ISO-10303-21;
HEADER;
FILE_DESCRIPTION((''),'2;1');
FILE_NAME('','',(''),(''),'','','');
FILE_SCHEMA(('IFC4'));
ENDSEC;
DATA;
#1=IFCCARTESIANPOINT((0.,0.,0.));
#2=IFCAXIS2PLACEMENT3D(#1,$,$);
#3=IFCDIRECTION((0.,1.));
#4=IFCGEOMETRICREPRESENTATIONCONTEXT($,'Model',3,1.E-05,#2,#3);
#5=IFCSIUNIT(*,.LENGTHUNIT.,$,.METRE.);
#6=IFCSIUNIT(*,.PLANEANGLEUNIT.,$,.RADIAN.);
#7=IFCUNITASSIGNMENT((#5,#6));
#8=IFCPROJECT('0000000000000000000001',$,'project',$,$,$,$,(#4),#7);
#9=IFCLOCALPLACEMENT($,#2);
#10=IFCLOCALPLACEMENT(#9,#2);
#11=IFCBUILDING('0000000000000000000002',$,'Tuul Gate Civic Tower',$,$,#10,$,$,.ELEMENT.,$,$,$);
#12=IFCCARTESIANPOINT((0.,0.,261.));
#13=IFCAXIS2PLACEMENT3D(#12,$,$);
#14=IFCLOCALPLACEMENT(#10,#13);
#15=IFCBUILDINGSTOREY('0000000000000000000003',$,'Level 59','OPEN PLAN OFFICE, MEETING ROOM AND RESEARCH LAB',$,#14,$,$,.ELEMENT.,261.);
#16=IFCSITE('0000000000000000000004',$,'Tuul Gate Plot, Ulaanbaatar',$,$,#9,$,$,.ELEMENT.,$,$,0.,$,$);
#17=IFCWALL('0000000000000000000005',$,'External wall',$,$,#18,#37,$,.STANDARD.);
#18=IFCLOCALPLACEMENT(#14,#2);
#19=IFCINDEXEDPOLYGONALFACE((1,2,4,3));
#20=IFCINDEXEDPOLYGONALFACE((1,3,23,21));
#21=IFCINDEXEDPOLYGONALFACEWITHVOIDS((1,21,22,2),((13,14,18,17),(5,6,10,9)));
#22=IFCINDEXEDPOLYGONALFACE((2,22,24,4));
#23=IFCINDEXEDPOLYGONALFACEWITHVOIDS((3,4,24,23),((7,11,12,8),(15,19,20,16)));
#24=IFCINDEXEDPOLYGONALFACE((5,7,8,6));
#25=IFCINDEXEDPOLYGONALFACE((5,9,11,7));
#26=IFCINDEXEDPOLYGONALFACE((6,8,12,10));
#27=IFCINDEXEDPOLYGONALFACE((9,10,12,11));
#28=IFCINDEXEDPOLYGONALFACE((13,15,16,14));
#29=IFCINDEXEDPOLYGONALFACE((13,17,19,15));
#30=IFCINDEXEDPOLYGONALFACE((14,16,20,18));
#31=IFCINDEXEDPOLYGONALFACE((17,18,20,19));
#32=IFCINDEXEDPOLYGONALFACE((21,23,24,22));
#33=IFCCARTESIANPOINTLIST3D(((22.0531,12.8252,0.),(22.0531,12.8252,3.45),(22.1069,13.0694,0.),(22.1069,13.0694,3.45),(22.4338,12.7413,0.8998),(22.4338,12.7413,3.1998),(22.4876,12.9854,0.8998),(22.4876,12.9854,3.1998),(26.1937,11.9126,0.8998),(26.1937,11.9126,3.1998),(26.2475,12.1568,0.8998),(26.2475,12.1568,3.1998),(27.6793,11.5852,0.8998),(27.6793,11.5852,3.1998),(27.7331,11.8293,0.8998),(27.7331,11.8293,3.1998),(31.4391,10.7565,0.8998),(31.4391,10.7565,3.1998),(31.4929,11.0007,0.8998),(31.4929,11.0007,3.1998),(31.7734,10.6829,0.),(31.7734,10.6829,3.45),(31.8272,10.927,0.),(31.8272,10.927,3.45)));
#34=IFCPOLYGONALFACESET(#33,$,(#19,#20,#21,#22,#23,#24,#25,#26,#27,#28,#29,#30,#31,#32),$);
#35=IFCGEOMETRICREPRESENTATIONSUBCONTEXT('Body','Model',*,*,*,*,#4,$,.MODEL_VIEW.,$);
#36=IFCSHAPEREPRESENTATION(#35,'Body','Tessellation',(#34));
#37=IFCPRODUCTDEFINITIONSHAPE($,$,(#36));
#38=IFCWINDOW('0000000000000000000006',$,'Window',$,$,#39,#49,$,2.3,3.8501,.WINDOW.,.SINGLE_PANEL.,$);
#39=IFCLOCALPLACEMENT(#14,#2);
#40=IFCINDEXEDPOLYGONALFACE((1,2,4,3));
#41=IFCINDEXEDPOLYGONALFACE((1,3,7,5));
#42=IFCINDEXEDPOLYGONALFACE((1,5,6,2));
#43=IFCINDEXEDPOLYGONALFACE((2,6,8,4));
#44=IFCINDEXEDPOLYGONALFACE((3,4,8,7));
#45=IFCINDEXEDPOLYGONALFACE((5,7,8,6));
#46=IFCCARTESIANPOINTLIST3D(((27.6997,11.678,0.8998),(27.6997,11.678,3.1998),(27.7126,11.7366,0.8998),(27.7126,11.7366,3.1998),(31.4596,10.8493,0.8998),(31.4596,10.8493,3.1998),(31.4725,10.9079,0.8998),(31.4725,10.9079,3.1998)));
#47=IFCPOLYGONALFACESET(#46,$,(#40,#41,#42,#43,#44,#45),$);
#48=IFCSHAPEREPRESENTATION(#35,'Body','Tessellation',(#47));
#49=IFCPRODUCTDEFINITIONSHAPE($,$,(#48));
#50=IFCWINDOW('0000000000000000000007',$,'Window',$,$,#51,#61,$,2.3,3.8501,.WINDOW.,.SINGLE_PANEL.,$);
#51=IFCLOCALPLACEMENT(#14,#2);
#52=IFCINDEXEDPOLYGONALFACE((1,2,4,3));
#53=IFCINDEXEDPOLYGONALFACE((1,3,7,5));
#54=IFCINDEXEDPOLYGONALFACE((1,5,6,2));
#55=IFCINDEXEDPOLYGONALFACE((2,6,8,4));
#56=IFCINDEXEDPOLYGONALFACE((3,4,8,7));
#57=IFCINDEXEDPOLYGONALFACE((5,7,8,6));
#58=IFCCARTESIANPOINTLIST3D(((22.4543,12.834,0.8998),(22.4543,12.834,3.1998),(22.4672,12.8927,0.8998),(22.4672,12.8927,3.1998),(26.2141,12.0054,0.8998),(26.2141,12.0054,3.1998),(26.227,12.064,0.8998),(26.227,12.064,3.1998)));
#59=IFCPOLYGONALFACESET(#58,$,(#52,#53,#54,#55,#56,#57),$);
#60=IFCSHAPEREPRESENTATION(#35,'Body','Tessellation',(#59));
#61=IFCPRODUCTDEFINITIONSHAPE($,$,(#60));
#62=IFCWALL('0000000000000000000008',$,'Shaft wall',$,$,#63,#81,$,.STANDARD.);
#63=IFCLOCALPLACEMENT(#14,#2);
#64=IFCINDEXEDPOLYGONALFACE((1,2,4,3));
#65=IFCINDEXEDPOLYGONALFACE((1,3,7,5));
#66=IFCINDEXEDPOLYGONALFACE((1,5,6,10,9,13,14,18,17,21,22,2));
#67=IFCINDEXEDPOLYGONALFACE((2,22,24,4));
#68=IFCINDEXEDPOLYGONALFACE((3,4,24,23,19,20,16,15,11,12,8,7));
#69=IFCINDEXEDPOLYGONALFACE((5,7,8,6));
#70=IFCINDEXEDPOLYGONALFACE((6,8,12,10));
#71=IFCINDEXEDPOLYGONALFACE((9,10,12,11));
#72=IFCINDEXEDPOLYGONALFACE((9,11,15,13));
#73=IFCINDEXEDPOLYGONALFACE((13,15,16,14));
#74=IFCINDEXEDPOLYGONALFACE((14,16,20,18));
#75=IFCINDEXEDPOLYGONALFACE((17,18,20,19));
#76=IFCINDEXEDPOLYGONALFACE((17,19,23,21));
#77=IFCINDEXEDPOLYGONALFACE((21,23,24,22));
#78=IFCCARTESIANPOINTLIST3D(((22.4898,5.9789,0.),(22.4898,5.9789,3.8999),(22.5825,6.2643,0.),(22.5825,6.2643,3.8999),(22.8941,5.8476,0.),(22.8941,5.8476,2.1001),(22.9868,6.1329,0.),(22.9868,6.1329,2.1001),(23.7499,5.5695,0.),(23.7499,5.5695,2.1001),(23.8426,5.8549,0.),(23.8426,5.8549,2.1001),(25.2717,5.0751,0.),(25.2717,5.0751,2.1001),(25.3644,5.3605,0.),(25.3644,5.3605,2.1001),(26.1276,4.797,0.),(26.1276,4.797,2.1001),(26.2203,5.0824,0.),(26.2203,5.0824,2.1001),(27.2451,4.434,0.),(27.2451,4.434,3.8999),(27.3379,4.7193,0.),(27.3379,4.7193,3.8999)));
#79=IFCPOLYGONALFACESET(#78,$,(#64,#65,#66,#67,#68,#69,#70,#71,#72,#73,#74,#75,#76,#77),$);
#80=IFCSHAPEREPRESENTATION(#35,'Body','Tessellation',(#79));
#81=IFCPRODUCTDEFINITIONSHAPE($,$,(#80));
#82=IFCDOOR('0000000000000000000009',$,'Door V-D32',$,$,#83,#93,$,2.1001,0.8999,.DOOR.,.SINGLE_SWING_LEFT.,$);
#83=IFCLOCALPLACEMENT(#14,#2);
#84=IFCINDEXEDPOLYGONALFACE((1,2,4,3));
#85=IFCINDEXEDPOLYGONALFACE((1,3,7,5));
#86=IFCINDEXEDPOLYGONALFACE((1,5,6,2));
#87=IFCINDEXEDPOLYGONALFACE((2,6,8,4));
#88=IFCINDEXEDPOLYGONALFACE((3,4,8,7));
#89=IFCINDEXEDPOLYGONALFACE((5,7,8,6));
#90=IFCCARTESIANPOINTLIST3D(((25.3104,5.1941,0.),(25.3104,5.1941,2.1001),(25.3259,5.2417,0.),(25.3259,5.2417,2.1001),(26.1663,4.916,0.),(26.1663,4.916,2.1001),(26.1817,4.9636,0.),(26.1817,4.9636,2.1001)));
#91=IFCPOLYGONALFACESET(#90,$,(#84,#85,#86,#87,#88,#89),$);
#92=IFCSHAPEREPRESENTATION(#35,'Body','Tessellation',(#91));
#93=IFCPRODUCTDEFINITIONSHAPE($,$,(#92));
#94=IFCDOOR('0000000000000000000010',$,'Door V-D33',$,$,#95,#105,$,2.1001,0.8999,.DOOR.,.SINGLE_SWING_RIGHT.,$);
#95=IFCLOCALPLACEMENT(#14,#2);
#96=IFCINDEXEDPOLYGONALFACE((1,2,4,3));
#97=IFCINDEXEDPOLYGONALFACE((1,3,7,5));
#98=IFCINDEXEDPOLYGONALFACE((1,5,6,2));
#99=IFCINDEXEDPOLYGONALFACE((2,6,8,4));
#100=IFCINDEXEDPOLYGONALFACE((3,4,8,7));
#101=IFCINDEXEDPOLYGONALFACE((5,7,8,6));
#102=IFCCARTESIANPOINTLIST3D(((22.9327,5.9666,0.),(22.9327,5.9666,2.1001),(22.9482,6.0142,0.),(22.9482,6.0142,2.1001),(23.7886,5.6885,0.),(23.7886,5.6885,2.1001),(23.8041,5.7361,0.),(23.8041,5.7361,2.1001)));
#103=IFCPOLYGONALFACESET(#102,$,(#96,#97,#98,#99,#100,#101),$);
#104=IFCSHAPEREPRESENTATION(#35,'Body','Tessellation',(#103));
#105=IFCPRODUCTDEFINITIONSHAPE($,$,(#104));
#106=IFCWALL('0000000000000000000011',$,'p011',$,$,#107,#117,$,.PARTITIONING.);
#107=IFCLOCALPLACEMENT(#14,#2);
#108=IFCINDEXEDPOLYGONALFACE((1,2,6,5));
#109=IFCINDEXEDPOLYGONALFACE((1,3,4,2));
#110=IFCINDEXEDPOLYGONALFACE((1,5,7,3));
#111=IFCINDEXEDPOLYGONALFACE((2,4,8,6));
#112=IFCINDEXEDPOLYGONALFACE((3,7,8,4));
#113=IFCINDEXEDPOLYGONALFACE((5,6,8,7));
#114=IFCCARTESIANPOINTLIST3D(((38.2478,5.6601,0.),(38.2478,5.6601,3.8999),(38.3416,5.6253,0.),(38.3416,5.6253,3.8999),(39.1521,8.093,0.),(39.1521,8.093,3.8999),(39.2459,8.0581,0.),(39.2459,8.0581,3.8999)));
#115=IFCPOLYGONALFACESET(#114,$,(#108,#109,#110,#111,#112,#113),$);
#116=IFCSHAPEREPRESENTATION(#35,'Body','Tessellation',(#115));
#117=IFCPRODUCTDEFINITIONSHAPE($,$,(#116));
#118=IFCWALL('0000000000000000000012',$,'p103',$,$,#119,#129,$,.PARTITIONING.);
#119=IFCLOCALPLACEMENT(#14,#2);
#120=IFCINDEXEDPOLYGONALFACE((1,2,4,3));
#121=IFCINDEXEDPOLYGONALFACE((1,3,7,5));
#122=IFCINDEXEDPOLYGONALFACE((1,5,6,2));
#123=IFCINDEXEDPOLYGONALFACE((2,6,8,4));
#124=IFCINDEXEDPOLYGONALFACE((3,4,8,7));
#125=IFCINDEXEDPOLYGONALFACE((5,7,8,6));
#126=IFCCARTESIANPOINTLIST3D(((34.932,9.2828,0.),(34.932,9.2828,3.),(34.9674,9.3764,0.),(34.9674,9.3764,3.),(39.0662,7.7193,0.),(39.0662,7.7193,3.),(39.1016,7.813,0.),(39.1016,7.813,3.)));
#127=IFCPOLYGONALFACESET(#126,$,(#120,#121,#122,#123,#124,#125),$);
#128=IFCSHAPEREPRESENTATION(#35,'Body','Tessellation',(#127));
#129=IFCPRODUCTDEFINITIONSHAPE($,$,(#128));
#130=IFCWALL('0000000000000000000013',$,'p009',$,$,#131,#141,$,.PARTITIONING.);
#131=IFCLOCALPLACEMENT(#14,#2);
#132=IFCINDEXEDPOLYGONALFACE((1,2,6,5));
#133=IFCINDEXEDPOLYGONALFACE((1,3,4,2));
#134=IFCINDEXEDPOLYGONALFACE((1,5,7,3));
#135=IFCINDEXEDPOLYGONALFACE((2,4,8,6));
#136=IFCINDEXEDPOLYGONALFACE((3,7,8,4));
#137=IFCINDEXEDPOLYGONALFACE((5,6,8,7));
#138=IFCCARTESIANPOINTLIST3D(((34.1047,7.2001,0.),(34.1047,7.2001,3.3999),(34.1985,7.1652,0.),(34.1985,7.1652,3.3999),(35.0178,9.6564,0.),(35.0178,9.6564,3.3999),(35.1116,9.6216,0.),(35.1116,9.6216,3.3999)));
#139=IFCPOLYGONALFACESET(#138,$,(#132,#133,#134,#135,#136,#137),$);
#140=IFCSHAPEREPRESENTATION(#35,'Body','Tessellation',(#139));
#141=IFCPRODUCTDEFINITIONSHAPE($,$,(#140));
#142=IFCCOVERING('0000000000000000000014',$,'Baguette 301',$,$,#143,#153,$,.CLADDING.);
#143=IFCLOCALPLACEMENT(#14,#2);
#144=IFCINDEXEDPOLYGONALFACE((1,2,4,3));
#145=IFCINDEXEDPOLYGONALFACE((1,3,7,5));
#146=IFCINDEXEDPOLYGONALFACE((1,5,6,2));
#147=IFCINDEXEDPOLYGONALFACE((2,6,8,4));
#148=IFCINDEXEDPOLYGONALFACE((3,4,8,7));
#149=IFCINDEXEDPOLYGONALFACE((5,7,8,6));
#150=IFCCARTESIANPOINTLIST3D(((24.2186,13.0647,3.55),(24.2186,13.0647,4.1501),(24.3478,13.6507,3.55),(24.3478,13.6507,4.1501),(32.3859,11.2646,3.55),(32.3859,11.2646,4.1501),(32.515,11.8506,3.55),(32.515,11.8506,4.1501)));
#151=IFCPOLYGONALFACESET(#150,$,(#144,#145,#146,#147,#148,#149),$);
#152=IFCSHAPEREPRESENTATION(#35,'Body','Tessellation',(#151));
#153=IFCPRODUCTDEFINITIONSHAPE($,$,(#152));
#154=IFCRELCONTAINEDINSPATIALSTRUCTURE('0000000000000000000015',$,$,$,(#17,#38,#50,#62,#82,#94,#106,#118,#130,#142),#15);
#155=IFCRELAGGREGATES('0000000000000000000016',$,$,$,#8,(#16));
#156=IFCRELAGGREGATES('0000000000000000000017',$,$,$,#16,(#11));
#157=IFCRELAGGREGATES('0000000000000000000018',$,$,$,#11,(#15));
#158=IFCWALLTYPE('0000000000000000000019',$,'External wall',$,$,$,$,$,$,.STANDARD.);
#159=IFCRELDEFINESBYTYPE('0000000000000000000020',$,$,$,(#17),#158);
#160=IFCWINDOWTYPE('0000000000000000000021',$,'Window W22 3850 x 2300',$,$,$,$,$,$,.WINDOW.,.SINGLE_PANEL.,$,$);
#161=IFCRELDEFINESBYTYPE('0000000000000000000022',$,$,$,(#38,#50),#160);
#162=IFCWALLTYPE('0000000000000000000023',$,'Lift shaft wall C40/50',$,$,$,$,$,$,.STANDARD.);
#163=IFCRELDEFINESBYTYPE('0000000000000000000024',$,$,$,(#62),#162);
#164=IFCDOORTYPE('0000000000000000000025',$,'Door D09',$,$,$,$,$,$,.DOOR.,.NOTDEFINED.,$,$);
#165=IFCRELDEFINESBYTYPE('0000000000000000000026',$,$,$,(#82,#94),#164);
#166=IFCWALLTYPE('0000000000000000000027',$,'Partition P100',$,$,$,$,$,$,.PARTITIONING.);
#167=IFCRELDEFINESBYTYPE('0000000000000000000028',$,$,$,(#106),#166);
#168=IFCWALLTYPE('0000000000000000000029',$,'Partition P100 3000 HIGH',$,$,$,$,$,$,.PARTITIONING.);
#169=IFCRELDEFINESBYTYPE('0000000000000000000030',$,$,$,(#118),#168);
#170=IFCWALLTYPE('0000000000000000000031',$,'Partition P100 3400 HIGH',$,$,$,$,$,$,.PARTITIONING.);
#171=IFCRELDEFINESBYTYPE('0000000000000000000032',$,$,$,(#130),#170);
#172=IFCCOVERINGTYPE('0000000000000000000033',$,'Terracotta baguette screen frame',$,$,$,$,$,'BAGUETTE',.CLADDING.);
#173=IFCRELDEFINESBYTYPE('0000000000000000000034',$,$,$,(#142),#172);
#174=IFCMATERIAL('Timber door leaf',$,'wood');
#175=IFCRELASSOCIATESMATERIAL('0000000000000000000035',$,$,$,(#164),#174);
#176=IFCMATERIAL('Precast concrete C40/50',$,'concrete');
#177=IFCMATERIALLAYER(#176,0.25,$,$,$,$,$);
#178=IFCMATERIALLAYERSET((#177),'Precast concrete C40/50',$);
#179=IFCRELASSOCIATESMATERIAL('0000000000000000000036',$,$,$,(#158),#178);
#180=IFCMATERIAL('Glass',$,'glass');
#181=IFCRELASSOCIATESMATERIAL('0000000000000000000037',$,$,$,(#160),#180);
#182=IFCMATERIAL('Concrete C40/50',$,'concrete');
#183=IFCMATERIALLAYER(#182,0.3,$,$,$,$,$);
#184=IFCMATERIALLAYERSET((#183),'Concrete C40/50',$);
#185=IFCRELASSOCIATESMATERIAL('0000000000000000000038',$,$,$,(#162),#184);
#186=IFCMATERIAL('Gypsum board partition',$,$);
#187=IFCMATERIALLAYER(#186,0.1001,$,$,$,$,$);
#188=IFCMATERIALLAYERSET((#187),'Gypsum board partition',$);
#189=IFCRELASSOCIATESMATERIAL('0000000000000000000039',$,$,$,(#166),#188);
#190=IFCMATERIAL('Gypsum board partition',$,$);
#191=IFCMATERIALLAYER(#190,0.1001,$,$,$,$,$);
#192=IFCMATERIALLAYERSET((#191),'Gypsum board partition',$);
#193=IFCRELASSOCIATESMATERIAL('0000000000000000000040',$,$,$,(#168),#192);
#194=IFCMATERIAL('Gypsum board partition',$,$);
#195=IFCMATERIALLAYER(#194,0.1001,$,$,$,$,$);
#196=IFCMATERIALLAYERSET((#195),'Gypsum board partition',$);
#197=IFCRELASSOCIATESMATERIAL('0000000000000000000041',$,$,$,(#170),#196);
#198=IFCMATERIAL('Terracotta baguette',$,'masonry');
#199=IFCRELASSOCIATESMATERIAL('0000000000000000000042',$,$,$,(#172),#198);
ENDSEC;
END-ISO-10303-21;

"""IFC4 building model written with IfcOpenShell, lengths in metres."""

from ifc_helpers import new_model, si_unit, direction, frame, frame_2d, origin, origin_2d, place, context, subcontext, project, spatial, rectangle, extrude, material, layer, layer_set, material_profile, profile_set, type_object, element, fill, save


model = new_model("IFC4")

# Units and contexts
model_context = context("Model", 3, precision=1e-05, world=origin(), true_north=direction((0.0, 1.0)))
body_context = subcontext(model_context, "Body", "Model", "MODEL_VIEW")
ifc_project = project(units=[si_unit("LENGTHUNIT", "METRE"), si_unit("PLANEANGLEUNIT", "RADIAN")], contexts=[model_context])

# Site, building, storey
site_placement = place(None, origin())
site = spatial("IfcSite", under=ifc_project, at=site_placement, Name="Tuul Gate Plot, Ulaanbaatar", CompositionType="ELEMENT", RefElevation=0.0)
building_placement = place(site_placement, origin())
building = spatial("IfcBuilding", under=site, at=building_placement, Name="Tuul Gate Civic Tower", CompositionType="ELEMENT")
storey_placement = place(building_placement, frame((0.0, 0.0, 261.0)))
storey = spatial("IfcBuildingStorey", under=building, at=storey_placement, Name="Level 59", Description="OPEN PLAN OFFICE, MEETING ROOM AND RESEARCH LAB", CompositionType="ELEMENT", Elevation=261.0)

# Shared definitions
ifc_material_1 = material(Name="Timber door leaf", Category="wood")
door_type = type_object("IfcDoorType", Name="Door D09", OperationType="NOTDEFINED", PredefinedType="DOOR", material=ifc_material_1)

# Wall, openings, windows
ifc_material_2 = material(Name="Precast concrete C40/50", Category="concrete")
ifc_layer_1 = layer(ifc_material_2, 0.25)
ifc_layer_set_1 = layer_set([ifc_layer_1], Name="Precast concrete C40/50")
wall_type_1 = type_object("IfcWallType", Name="External wall", PredefinedType="STANDARD", material=ifc_layer_set_1)
wall_1_placement = place(storey_placement, frame((31.8003, 10.8049, 0.0), z_axis=(0.0, 0.0, 1.0), x_axis=(-0.976562, 0.215234, 0.0)))
wall_1 = element("IfcWall", 1, at=wall_1_placement, inside=storey, type_object=wall_type_1, Name="External wall", PredefinedType="STANDARD", context=body_context, shape_type="SweptSolid", body=[
    extrude(rectangle(XDim=9.9536, YDim=0.25, at=frame_2d((4.9768, 0.0))), origin(), (0.0, 0.0, 1.0), 3.45),
])
opening_1_placement = place(wall_1_placement, frame((0.3423, 0.0, 0.8999)))
opening_1 = element("IfcOpeningElement", 2, at=opening_1_placement, cuts=wall_1, PredefinedType="OPENING", context=body_context, shape_type="SweptSolid", body=[
    extrude(rectangle(XDim=3.8501, YDim=2.3, at=frame_2d((1.925, 1.1499))), frame((0.0, 0.135, 0.0), z_axis=(0.0, -1.0, 0.0), x_axis=(1.0, 0.0, 0.0)), (0.0, 0.0, 1.0), 0.27),
])
opening_2_placement = place(wall_1_placement, frame((5.7136, 0.0, 0.8999)))
opening_2 = element("IfcOpeningElement", 3, at=opening_2_placement, cuts=wall_1, PredefinedType="OPENING", context=body_context, shape_type="SweptSolid", body=[
    extrude(rectangle(XDim=3.8501, YDim=2.3, at=frame_2d((1.925, 1.1499))), frame((0.0, 0.135, 0.0), z_axis=(0.0, -1.0, 0.0), x_axis=(1.0, 0.0, 0.0)), (0.0, 0.0, 1.0), 0.27),
])
ifc_material_3 = material(Name="Glass", Category="glass")
window_type = type_object("IfcWindowType", Name="Window W22 3850 x 2300", PartitioningType="SINGLE_PANEL", PredefinedType="WINDOW", material=ifc_material_3)
window_1_placement = place(opening_1_placement, origin())
window_1 = element("IfcWindow", 4, at=window_1_placement, inside=storey, type_object=window_type, Name="Window", OverallHeight=2.3, OverallWidth=3.8501, PartitioningType="SINGLE_PANEL", PredefinedType="WINDOW", context=body_context, shape_type="SweptSolid", body=[
    extrude(rectangle(XDim=3.8501, YDim=2.3, at=frame_2d((1.925, 1.1499))), frame((0.0, 0.03, 0.0), z_axis=(0.0, -1.0, 0.0), x_axis=(1.0, 0.0, 0.0)), (0.0, 0.0, 1.0), 0.0601),
])
fill(opening_1, window_1)
window_2_placement = place(opening_2_placement, origin())
window_2 = element("IfcWindow", 5, at=window_2_placement, inside=storey, type_object=window_type, Name="Window", OverallHeight=2.3, OverallWidth=3.8501, PartitioningType="SINGLE_PANEL", PredefinedType="WINDOW", context=body_context, shape_type="SweptSolid", body=[
    extrude(rectangle(XDim=3.8501, YDim=2.3, at=frame_2d((1.925, 1.1499))), frame((0.0, 0.03, 0.0), z_axis=(0.0, -1.0, 0.0), x_axis=(1.0, 0.0, 0.0)), (0.0, 0.0, 1.0), 0.0601),
])
fill(opening_2, window_2)

# Wall, openings, doors
ifc_material_4 = material(Name="Concrete C40/50", Category="concrete")
ifc_layer_2 = layer(ifc_material_4, 0.3)
ifc_layer_set_2 = layer_set([ifc_layer_2], Name="Concrete C40/50")
wall_type_2 = type_object("IfcWallType", Name="Lift shaft wall C40/50", PredefinedType="STANDARD", material=ifc_layer_set_2)
wall_2_placement = place(storey_placement, frame((27.2915, 4.5767, 0.0), z_axis=(0.0, 0.0, 1.0), x_axis=(-0.951068, 0.308982, 0.0)))
wall_2 = element("IfcWall", 6, at=wall_2_placement, inside=storey, type_object=wall_type_2, Name="Shaft wall", PredefinedType="STANDARD", context=body_context, shape_type="SweptSolid", body=[
    extrude(rectangle(XDim=5.0, YDim=0.3, at=frame_2d((2.5, 0.0))), origin(), (0.0, 0.0, 1.0), 3.8999),
])
opening_3_placement = place(wall_2_placement, frame((1.175, 0.0, 0.0)))
opening_3 = element("IfcOpeningElement", 7, at=opening_3_placement, cuts=wall_2, PredefinedType="OPENING", context=body_context, shape_type="SweptSolid", body=[
    extrude(rectangle(XDim=0.8999, YDim=2.1001, at=frame_2d((0.45, 1.05))), frame((0.0, 0.1602, 0.0), z_axis=(0.0, -1.0, 0.0), x_axis=(1.0, 0.0, 0.0)), (0.0, 0.0, 1.0), 0.3201),
])
opening_4_placement = place(wall_2_placement, frame((3.675, 0.0, 0.0)))
opening_4 = element("IfcOpeningElement", 8, at=opening_4_placement, cuts=wall_2, PredefinedType="OPENING", context=body_context, shape_type="SweptSolid", body=[
    extrude(rectangle(XDim=0.8999, YDim=2.1001, at=frame_2d((0.45, 1.05))), frame((0.0, 0.1602, 0.0), z_axis=(0.0, -1.0, 0.0), x_axis=(1.0, 0.0, 0.0)), (0.0, 0.0, 1.0), 0.3201),
])
door_1_placement = place(opening_3_placement, origin())
door_1 = element("IfcDoor", 9, at=door_1_placement, inside=storey, type_object=door_type, Name="Door V-D32", OperationType="SINGLE_SWING_LEFT", OverallHeight=2.1001, OverallWidth=0.8999, PredefinedType="DOOR", context=body_context, shape_type="SweptSolid", body=[
    extrude(rectangle(XDim=0.8999, YDim=2.1001, at=frame_2d((0.45, 1.05))), frame((0.0, 0.0249, 0.0), z_axis=(0.0, -1.0, 0.0), x_axis=(1.0, 0.0, 0.0)), (0.0, 0.0, 1.0), 0.05),
])
fill(opening_3, door_1)
door_2_placement = place(opening_4_placement, origin())
door_2 = element("IfcDoor", 10, at=door_2_placement, inside=storey, type_object=door_type, Name="Door V-D33", OperationType="SINGLE_SWING_RIGHT", OverallHeight=2.1001, OverallWidth=0.8999, PredefinedType="DOOR", context=body_context, shape_type="SweptSolid", body=[
    extrude(rectangle(XDim=0.8999, YDim=2.1001, at=frame_2d((0.45, 1.05))), frame((0.0, 0.0249, 0.0), z_axis=(0.0, -1.0, 0.0), x_axis=(1.0, 0.0, 0.0)), (0.0, 0.0, 1.0), 0.05),
])
fill(opening_4, door_2)

# Walls
ifc_material_5 = material(Name="Gypsum board partition")
ifc_layer_3 = layer(ifc_material_5, 0.1001)
ifc_layer_set_3 = layer_set([ifc_layer_3], Name="Gypsum board partition")
wall_type_3 = type_object("IfcWallType", Name="Partition P100", PredefinedType="PARTITIONING", material=ifc_layer_set_3)
wall_3_placement = place(storey_placement, frame((38.2947, 5.6426, 0.0), z_axis=(0.0, 0.0, 1.0), x_axis=(0.348411, 0.937342, 0.0)))
element("IfcWall", 11, at=wall_3_placement, inside=storey, type_object=wall_type_3, Name="p011", PredefinedType="PARTITIONING", context=body_context, shape_type="SweptSolid", body=[
    extrude(rectangle(XDim=2.5955, YDim=0.1001, at=frame_2d((1.2979, 0.0))), origin(), (0.0, 0.0, 1.0), 3.8999),
])
ifc_material_6 = material(Name="Gypsum board partition")
ifc_layer_4 = layer(ifc_material_6, 0.1001)
ifc_layer_set_4 = layer_set([ifc_layer_4], Name="Gypsum board partition")
wall_type_4 = type_object("IfcWallType", Name="Partition P100 3000 HIGH", PredefinedType="PARTITIONING", material=ifc_layer_set_4)
wall_4_placement = place(storey_placement, frame((34.9497, 9.3296, 0.0), z_axis=(0.0, 0.0, 1.0), x_axis=(0.935349, -0.353725, 0.0)))
element("IfcWall", 12, at=wall_4_placement, inside=storey, type_object=wall_type_4, Name="p103", PredefinedType="PARTITIONING", context=body_context, shape_type="SweptSolid", body=[
    extrude(rectangle(XDim=4.4199, YDim=0.1001, at=frame_2d((2.21, 0.0))), origin(), (0.0, 0.0, 1.0), 3.0),
])
ifc_material_7 = material(Name="Gypsum board partition")
ifc_layer_5 = layer(ifc_material_7, 0.1001)
ifc_layer_set_5 = layer_set([ifc_layer_5], Name="Gypsum board partition")
wall_type_5 = type_object("IfcWallType", Name="Partition P100 3400 HIGH", PredefinedType="PARTITIONING", material=ifc_layer_set_5)
wall_5_placement = place(storey_placement, frame((34.1516, 7.1826, 0.0), z_axis=(0.0, 0.0, 1.0), x_axis=(0.348437, 0.937332, 0.0)))
element("IfcWall", 13, at=wall_5_placement, inside=storey, type_object=wall_type_5, Name="p009", PredefinedType="PARTITIONING", context=body_context, shape_type="SweptSolid", body=[
    extrude(rectangle(XDim=2.6206, YDim=0.1001, at=frame_2d((1.3103, 0.0))), origin(), (0.0, 0.0, 1.0), 3.3999),
])

# Covering
ifc_material_8 = material(Name="Terracotta baguette", Category="masonry")
ifc_material_profile_1 = material_profile(ifc_material_8, rectangle(XDim=0.6001, YDim=0.6001, at=origin_2d()), Name="Terracotta baguette screen frame")
ifc_profile_set_1 = profile_set([ifc_material_profile_1], Name="Terracotta baguette")
covering_type = type_object("IfcCoveringType", Name="Terracotta baguette screen frame", ElementType="BAGUETTE", PredefinedType="CLADDING", material=ifc_profile_set_1)
covering_placement = place(storey_placement, frame((32.4504, 11.5576, 3.8501), z_axis=(-0.976563, 0.215233, 0.0), x_axis=(-0.215233, -0.976563, 0.0)))
element("IfcCovering", 14, at=covering_placement, inside=storey, type_object=covering_type, Name="Baguette 301", PredefinedType="CLADDING", context=body_context, shape_type="SweptSolid", body=[
    extrude(rectangle(XDim=0.6001, YDim=0.6001, at=origin_2d()), origin(), (0.0, 0.0, 1.0), 8.3633),
])

save(model, "model.ifc")
